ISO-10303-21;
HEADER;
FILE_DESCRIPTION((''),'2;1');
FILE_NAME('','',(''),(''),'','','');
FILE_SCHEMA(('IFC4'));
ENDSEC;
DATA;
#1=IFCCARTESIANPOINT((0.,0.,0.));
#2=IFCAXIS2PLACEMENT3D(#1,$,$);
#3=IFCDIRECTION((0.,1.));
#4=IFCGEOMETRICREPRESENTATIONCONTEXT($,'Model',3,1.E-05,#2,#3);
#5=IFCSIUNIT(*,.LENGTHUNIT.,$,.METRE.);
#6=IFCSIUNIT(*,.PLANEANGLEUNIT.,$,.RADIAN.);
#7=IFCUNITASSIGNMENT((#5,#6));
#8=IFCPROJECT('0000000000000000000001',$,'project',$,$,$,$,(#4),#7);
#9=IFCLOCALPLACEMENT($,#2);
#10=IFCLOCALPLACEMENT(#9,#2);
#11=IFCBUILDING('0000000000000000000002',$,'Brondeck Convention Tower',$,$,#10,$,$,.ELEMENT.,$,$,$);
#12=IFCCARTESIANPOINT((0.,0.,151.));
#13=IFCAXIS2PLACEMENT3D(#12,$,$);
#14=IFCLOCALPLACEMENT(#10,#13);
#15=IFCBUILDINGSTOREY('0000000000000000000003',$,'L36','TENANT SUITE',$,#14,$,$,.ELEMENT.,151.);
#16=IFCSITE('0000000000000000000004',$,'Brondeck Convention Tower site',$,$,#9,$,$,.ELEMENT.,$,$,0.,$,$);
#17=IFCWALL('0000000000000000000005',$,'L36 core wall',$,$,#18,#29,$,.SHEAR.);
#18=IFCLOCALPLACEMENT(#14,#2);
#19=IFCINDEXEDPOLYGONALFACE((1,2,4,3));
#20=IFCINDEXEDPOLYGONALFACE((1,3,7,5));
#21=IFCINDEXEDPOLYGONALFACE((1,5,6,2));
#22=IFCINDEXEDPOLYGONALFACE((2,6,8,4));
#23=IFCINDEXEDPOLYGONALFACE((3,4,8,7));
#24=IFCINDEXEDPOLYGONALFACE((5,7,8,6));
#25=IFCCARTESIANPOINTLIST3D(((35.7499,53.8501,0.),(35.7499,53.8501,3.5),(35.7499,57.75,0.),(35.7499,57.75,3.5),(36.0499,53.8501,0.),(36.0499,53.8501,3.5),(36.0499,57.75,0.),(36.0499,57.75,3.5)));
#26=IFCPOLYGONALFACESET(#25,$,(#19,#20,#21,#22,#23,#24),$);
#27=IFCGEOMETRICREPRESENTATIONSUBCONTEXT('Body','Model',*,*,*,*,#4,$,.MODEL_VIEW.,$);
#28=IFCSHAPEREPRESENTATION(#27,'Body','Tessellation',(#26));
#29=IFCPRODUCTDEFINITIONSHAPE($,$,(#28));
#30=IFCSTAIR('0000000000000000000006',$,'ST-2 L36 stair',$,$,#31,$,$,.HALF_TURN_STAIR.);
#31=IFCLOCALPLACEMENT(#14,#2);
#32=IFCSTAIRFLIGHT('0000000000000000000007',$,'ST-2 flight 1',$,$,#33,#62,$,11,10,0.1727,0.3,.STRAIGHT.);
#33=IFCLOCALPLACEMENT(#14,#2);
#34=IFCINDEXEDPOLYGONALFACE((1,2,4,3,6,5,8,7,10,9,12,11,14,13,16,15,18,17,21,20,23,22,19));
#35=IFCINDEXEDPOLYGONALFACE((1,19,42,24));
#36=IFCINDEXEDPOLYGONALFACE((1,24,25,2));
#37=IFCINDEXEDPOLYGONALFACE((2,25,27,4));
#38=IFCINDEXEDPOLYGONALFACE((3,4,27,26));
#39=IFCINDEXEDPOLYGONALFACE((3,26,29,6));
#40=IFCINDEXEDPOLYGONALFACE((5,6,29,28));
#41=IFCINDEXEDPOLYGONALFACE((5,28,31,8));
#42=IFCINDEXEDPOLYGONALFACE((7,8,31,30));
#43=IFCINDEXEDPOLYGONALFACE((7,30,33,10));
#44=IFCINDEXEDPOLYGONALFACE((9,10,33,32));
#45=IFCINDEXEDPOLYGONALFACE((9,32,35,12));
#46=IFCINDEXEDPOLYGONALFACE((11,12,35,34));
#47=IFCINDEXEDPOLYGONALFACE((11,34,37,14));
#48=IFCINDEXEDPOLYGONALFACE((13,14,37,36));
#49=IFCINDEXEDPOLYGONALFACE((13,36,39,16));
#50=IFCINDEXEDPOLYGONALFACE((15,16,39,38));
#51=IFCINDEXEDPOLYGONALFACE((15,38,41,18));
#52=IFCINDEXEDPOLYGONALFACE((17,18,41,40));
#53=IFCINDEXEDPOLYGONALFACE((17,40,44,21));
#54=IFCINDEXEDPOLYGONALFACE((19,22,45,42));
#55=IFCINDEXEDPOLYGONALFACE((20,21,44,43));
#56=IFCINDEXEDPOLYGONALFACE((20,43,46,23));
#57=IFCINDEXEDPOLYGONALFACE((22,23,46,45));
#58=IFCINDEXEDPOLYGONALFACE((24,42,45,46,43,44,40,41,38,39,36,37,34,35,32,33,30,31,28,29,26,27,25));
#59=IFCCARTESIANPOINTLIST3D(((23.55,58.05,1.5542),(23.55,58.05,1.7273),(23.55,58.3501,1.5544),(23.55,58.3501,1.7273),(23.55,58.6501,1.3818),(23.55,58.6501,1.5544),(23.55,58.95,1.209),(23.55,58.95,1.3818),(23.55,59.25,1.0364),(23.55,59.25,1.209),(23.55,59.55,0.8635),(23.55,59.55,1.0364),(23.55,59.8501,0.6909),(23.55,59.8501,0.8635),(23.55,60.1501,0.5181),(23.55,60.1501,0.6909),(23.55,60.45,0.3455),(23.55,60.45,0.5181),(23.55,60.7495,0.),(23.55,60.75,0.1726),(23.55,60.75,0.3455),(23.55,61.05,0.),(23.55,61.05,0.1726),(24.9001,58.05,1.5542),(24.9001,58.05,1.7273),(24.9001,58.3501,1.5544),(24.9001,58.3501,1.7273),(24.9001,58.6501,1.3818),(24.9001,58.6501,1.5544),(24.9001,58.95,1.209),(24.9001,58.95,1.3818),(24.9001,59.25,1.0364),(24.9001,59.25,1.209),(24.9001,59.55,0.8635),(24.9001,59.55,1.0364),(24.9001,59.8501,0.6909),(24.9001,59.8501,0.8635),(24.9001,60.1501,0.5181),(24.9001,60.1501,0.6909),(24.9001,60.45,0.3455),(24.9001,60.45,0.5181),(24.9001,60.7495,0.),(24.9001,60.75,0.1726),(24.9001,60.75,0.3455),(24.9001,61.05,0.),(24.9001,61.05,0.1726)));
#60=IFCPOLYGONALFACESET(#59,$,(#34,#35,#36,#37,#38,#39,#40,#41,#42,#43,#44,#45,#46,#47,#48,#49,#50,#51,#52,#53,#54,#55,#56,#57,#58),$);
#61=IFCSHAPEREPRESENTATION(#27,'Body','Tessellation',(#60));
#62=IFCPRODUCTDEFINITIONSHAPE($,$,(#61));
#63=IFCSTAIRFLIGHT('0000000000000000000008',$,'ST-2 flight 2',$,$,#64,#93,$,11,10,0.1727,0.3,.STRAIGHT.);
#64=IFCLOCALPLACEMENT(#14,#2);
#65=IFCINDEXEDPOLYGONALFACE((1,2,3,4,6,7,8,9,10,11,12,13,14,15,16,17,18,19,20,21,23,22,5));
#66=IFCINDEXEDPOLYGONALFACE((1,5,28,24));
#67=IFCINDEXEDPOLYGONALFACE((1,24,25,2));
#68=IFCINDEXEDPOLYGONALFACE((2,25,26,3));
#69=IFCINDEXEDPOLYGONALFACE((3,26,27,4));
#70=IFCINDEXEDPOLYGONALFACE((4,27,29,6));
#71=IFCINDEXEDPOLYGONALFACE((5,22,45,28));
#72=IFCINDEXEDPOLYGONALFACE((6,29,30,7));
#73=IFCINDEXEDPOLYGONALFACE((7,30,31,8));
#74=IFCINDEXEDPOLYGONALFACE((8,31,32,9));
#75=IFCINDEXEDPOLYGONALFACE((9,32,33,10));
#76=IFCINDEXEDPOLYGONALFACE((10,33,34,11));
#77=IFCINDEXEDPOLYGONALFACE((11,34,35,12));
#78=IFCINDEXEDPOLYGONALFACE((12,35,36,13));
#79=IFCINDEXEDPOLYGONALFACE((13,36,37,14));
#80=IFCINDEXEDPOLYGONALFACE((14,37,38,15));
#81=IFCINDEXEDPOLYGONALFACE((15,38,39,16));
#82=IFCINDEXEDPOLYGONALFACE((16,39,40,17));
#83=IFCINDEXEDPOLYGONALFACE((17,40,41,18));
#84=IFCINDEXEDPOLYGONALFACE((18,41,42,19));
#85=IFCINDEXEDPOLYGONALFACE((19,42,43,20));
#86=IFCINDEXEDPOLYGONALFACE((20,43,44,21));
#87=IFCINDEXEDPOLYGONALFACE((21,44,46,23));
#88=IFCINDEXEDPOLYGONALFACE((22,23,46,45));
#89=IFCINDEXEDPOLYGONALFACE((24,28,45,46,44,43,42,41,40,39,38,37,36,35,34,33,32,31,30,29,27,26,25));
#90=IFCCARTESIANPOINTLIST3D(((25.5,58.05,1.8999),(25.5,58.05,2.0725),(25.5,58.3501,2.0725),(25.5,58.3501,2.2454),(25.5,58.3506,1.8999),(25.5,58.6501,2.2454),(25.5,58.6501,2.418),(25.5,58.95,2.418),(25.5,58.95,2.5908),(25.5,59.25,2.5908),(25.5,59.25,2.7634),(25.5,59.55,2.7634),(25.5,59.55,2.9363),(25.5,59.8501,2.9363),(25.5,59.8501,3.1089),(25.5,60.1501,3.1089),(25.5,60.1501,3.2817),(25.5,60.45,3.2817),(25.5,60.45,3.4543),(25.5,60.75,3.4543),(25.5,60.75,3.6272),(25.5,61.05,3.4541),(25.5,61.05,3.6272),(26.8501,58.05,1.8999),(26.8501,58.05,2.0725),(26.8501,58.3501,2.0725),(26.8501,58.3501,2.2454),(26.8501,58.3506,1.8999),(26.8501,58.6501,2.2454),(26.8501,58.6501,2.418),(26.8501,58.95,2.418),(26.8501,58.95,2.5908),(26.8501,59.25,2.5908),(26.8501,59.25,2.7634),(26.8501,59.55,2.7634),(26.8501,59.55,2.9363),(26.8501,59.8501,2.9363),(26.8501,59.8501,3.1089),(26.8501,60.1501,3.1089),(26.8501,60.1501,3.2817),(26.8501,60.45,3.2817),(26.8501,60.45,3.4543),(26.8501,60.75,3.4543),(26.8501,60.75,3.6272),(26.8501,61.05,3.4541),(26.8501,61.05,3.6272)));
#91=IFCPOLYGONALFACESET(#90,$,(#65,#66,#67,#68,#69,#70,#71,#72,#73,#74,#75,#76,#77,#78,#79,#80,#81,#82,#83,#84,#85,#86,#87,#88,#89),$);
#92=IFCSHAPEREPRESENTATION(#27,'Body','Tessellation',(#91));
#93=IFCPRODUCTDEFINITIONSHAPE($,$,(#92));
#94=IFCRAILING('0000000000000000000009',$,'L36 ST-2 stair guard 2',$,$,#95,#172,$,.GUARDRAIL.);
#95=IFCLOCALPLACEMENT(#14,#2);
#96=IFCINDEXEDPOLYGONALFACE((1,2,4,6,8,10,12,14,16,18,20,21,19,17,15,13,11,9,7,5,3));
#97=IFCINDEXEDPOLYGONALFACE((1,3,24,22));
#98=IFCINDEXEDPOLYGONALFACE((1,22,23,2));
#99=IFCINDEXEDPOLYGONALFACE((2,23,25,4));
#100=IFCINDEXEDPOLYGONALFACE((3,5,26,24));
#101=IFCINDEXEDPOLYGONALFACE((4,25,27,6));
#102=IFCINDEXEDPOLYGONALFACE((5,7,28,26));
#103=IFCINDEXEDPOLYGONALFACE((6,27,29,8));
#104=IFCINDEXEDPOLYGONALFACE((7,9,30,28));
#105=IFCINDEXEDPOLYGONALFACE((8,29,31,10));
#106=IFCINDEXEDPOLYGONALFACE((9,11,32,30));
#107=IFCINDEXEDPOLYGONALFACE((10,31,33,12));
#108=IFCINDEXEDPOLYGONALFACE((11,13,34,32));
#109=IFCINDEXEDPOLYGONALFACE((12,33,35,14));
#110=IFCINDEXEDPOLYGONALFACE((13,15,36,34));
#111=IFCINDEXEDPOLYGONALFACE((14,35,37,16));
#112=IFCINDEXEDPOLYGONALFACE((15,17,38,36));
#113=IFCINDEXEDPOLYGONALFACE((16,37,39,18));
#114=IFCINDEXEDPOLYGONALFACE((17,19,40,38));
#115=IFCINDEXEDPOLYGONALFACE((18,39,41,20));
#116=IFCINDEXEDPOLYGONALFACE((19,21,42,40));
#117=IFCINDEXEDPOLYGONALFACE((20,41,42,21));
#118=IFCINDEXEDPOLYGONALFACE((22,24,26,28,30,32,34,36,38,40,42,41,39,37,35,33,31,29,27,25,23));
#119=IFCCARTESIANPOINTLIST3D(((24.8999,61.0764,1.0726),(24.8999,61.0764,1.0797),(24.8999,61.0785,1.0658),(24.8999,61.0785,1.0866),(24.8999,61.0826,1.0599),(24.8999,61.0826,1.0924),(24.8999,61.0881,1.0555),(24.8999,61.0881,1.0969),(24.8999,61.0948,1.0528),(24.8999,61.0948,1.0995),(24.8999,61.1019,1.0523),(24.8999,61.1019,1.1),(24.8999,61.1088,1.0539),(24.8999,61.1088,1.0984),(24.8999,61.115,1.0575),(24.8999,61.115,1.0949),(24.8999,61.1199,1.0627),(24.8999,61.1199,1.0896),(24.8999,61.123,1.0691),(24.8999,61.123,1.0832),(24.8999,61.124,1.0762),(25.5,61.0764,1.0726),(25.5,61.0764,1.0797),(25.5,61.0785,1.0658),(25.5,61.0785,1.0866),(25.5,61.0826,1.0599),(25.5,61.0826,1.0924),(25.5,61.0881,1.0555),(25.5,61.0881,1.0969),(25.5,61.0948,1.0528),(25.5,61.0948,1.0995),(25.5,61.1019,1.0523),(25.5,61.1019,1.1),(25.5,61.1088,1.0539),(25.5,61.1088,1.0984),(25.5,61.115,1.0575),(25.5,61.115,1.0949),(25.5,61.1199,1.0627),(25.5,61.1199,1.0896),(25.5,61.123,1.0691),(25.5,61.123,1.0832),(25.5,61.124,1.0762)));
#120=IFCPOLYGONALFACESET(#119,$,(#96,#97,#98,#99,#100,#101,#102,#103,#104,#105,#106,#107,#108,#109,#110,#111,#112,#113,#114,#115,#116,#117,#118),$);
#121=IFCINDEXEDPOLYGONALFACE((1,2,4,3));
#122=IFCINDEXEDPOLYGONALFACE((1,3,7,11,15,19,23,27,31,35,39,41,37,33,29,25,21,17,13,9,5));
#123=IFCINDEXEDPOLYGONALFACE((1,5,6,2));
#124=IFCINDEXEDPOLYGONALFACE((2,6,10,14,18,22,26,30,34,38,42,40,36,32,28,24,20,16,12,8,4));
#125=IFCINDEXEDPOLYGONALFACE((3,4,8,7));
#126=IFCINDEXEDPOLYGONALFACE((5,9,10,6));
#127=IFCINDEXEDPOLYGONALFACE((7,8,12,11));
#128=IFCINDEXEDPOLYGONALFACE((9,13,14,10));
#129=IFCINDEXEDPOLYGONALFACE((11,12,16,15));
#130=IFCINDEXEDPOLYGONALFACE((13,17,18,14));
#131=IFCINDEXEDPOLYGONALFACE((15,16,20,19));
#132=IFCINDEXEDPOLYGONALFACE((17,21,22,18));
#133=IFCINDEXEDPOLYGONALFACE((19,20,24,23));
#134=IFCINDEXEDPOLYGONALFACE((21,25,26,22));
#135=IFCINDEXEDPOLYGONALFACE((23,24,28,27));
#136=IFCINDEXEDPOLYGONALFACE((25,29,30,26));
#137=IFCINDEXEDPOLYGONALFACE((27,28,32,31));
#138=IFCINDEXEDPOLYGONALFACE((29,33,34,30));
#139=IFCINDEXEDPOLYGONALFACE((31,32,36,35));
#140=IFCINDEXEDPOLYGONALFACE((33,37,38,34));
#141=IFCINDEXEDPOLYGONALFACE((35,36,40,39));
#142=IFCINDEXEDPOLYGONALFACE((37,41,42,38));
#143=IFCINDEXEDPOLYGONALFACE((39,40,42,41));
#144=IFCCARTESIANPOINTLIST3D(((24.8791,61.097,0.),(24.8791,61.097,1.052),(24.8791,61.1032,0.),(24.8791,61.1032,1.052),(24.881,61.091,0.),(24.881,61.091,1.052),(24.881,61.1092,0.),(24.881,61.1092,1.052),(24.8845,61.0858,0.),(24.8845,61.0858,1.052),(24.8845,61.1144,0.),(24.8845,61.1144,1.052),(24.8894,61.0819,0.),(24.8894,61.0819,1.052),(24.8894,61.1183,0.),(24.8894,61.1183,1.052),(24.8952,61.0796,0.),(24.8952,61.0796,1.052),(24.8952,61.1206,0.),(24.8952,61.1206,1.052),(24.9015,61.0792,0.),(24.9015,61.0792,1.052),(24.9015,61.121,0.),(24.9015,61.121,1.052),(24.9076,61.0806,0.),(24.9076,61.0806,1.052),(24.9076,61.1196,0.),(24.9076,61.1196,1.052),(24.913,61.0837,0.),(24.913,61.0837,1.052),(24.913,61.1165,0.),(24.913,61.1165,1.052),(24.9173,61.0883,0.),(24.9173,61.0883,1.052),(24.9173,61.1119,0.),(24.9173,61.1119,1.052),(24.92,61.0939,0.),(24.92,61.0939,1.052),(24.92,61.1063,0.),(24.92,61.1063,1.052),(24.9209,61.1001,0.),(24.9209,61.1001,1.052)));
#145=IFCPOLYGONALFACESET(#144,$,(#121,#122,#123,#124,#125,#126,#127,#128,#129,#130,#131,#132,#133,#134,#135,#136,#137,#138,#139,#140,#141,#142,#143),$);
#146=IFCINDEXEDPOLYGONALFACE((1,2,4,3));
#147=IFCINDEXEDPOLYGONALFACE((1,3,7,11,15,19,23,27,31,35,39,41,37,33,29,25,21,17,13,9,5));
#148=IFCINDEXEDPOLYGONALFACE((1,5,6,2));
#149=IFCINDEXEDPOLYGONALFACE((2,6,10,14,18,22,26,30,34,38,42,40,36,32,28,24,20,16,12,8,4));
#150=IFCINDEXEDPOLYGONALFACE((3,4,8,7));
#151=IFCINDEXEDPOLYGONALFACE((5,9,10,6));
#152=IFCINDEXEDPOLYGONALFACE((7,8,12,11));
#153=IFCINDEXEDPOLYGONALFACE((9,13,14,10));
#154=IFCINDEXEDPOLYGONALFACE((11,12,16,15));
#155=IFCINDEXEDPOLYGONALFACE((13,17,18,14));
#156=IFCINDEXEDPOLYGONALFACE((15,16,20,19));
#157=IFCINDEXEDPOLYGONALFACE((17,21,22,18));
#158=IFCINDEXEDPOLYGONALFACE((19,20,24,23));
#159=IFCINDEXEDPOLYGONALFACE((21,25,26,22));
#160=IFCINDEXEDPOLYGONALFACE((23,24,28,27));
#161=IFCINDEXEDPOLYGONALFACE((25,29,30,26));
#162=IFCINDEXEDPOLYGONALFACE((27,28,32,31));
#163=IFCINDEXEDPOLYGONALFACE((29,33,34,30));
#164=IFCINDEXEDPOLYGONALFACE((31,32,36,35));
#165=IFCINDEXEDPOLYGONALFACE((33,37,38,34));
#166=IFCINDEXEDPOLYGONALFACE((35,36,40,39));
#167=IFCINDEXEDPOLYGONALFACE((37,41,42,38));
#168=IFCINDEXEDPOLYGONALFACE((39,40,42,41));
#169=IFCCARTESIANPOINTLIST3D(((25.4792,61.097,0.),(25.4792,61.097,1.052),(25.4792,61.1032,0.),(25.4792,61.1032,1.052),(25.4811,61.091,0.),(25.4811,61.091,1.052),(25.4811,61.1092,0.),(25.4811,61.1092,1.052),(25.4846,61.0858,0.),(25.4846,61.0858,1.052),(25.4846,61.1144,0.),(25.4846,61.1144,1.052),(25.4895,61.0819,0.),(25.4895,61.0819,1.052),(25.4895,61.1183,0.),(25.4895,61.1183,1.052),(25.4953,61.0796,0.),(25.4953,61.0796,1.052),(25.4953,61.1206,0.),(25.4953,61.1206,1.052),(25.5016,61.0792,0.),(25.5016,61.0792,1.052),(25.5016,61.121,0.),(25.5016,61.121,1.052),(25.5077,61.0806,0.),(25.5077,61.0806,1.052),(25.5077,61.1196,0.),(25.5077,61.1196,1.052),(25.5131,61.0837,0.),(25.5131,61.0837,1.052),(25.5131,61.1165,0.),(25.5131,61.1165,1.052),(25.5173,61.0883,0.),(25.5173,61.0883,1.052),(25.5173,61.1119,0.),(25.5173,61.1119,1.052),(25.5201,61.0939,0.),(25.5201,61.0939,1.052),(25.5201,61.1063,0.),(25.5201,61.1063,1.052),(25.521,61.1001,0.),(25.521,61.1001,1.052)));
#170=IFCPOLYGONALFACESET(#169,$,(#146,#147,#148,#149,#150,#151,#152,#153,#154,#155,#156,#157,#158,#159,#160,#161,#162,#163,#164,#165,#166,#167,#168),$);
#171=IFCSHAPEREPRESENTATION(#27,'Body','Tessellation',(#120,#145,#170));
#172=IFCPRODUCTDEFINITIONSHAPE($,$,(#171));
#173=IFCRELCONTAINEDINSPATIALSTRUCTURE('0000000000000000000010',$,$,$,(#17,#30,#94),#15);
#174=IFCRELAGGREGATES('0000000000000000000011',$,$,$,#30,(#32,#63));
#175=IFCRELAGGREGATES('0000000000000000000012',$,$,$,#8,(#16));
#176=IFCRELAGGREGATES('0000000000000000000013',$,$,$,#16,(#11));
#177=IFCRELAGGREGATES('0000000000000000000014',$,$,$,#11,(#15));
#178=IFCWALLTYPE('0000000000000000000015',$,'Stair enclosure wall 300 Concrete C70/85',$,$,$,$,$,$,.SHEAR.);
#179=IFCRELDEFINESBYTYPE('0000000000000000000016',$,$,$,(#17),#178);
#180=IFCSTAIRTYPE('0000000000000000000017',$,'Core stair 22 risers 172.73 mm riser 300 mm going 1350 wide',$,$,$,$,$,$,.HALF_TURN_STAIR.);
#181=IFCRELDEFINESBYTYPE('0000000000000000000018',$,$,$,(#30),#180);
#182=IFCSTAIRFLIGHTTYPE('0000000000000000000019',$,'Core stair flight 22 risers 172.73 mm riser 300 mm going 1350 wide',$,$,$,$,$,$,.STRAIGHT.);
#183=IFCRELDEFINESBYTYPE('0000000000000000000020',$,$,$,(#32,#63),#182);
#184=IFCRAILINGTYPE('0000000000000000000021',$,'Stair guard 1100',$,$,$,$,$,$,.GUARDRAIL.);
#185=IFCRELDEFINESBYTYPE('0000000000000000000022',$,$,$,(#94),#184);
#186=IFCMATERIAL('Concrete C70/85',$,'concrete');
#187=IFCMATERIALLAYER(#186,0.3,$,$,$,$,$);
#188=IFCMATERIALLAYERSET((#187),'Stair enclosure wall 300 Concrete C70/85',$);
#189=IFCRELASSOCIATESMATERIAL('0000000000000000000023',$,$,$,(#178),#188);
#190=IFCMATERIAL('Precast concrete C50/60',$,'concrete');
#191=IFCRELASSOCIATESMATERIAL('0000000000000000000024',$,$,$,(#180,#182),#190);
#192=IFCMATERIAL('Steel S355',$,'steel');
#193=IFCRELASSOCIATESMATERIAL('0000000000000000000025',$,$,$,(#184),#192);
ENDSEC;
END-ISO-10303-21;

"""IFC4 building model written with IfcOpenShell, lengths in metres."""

from ifc_helpers import new_model, si_unit, direction, frame, frame_2d, origin, origin_2d, place, context, subcontext, project, spatial, polyline, rectangle, circle, outline, extrude, material, layer, layer_set, type_object, element, aggregate, save


model = new_model("IFC4")

# Units and contexts
model_context = context("Model", 3, precision=1e-05, world=origin(), true_north=direction((0.0, 1.0)))
body_context = subcontext(model_context, "Body", "Model", "MODEL_VIEW")
ifc_project = project(units=[si_unit("LENGTHUNIT", "METRE"), si_unit("PLANEANGLEUNIT", "RADIAN")], contexts=[model_context])

# Site, building, storey
site_placement = place(None, origin())
site = spatial("IfcSite", under=ifc_project, at=site_placement, Name="Brondeck Convention Tower site", CompositionType="ELEMENT", RefElevation=0.0)
building_placement = place(site_placement, origin())
building = spatial("IfcBuilding", under=site, at=building_placement, Name="Brondeck Convention Tower", CompositionType="ELEMENT")
storey_placement = place(building_placement, frame((0.0, 0.0, 151.0)))
storey = spatial("IfcBuildingStorey", under=building, at=storey_placement, Name="L36", Description="TENANT SUITE", CompositionType="ELEMENT", Elevation=151.0)

# Shared definitions
ifc_material_1 = material(Name="Concrete C70/85", Category="concrete")

# Shared definitions
ifc_layer_1 = layer(ifc_material_1, 0.3)
ifc_layer_set_1 = layer_set([ifc_layer_1], Name="Stair enclosure wall 300 Concrete C70/85")
wall_type_1 = type_object("IfcWallType", Name="Stair enclosure wall 300 Concrete C70/85", PredefinedType="SHEAR", material=ifc_layer_set_1)

# Wall
wall_1_placement = place(storey_placement, frame((35.8999, 53.8501, 0.0), z_axis=(0.0, 0.0, 1.0), x_axis=(0.0, 1.0, 0.0)))
element("IfcWall", 1, at=wall_1_placement, inside=storey, type_object=wall_type_1, Name="L36 core wall", PredefinedType="SHEAR", context=body_context, shape_type="SweptSolid", body=[
    extrude(rectangle(XDim=3.8999, YDim=0.3, at=frame_2d((1.95, 0.0))), origin(), (0.0, 0.0, 1.0), 3.5),
])

# Stair, stair flights
ifc_material_2 = material(Name="Precast concrete C50/60", Category="concrete")
stair_type = type_object("IfcStairType", Name="Core stair 22 risers 172.73 mm riser 300 mm going 1350 wide", PredefinedType="HALF_TURN_STAIR", material=ifc_material_2)
stair_placement = place(storey_placement, origin())
stair = element("IfcStair", 2, at=stair_placement, inside=storey, type_object=stair_type, Name="ST-2 L36 stair", PredefinedType="HALF_TURN_STAIR")
stair_flight_type = type_object("IfcStairFlightType", Name="Core stair flight 22 risers 172.73 mm riser 300 mm going 1350 wide", PredefinedType="STRAIGHT", material=ifc_material_2)
stair_flight_1_placement = place(storey_placement, frame((24.2251, 61.05, 0.0), z_axis=(0.0, 0.0, 1.0), x_axis=(0.0, -1.0, 0.0)))
stair_flight_1 = element("IfcStairFlight", 3, at=stair_flight_1_placement, type_object=stair_flight_type, Name="ST-2 flight 1", NumberOfRisers=11, NumberOfTreads=10, PredefinedType="STRAIGHT", RiserHeight=0.1727, TreadLength=0.3, context=body_context, shape_type="SweptSolid", body=[
    extrude(outline(polyline([(0.0, 0.0), (0.0, 0.1726), (0.3, 0.1726), (0.3, 0.3455), (0.6001, 0.3455), (0.6001, 0.5181), (0.8999, 0.5181), (0.8999, 0.6909), (1.2, 0.6909), (1.2, 0.8635), (1.5, 0.8635), (1.5, 1.0364), (1.8, 1.0364), (1.8, 1.209), (2.1001, 1.209), (2.1001, 1.3818), (2.3999, 1.3818), (2.3999, 1.5544), (2.7, 1.5544), (2.7, 1.7273), (3.0, 1.7273), (3.0, 1.8999), (3.0, 1.5542), (0.3005, 0.0), (0.0, 0.0)])), frame((0.0, 0.675, 0.0), z_axis=(0.0, -1.0, 0.0), x_axis=(1.0, 0.0, 0.0)), (0.0, 0.0, 1.0), 1.3501),
])
stair_flight_2_placement = place(storey_placement, frame((26.175, 58.05, 1.8999), z_axis=(0.0, 0.0, 1.0), x_axis=(0.0, 1.0, 0.0)))
stair_flight_2 = element("IfcStairFlight", 4, at=stair_flight_2_placement, type_object=stair_flight_type, Name="ST-2 flight 2", NumberOfRisers=11, NumberOfTreads=10, PredefinedType="STRAIGHT", RiserHeight=0.1727, TreadLength=0.3, context=body_context, shape_type="SweptSolid", body=[
    extrude(outline(polyline([(0.0, 0.0), (0.0, 0.1726), (0.3, 0.1726), (0.3, 0.3455), (0.6001, 0.3455), (0.6001, 0.5181), (0.8999, 0.5181), (0.8999, 0.6909), (1.2, 0.6909), (1.2, 0.8635), (1.5, 0.8635), (1.5, 1.0364), (1.8, 1.0364), (1.8, 1.209), (2.1001, 1.209), (2.1001, 1.3818), (2.3999, 1.3818), (2.3999, 1.5544), (2.7, 1.5544), (2.7, 1.7273), (3.0, 1.7273), (3.0, 1.8999), (3.0, 1.5542), (0.3005, 0.0), (0.0, 0.0)])), frame((0.0, 0.675, 0.0), z_axis=(0.0, -1.0, 0.0), x_axis=(1.0, 0.0, 0.0)), (0.0, 0.0, 1.0), 1.3501),
])
aggregate(stair, [stair_flight_1, stair_flight_2])

# Railing
ifc_material_3 = material(Name="Steel S355", Category="steel")
railing_type_1 = type_object("IfcRailingType", Name="Stair guard 1100", PredefinedType="GUARDRAIL", material=ifc_material_3)
railing_1_placement = place(storey_placement, frame((24.8999, 61.1001, 0.0)))
element("IfcRailing", 5, at=railing_1_placement, inside=storey, type_object=railing_type_1, Name="L36 ST-2 stair guard 2", PredefinedType="GUARDRAIL", context=body_context, shape_type="SweptSolid", body=[
    extrude(circle(Radius=0.0239, at=origin_2d()), frame((0.0, 0.0, 1.0762), z_axis=(1.0, 0.0, 0.0), x_axis=(0.0, 1.0, 0.0)), (0.0, 0.0, 1.0), 0.6001),
    extrude(circle(Radius=0.021, at=origin_2d()), origin(), (0.0, 0.0, 1.0), 1.052),
    extrude(circle(Radius=0.021, at=origin_2d()), frame((0.6001, 0.0, 0.0)), (0.0, 0.0, 1.0), 1.052),
])

save(model, "model.ifc")
